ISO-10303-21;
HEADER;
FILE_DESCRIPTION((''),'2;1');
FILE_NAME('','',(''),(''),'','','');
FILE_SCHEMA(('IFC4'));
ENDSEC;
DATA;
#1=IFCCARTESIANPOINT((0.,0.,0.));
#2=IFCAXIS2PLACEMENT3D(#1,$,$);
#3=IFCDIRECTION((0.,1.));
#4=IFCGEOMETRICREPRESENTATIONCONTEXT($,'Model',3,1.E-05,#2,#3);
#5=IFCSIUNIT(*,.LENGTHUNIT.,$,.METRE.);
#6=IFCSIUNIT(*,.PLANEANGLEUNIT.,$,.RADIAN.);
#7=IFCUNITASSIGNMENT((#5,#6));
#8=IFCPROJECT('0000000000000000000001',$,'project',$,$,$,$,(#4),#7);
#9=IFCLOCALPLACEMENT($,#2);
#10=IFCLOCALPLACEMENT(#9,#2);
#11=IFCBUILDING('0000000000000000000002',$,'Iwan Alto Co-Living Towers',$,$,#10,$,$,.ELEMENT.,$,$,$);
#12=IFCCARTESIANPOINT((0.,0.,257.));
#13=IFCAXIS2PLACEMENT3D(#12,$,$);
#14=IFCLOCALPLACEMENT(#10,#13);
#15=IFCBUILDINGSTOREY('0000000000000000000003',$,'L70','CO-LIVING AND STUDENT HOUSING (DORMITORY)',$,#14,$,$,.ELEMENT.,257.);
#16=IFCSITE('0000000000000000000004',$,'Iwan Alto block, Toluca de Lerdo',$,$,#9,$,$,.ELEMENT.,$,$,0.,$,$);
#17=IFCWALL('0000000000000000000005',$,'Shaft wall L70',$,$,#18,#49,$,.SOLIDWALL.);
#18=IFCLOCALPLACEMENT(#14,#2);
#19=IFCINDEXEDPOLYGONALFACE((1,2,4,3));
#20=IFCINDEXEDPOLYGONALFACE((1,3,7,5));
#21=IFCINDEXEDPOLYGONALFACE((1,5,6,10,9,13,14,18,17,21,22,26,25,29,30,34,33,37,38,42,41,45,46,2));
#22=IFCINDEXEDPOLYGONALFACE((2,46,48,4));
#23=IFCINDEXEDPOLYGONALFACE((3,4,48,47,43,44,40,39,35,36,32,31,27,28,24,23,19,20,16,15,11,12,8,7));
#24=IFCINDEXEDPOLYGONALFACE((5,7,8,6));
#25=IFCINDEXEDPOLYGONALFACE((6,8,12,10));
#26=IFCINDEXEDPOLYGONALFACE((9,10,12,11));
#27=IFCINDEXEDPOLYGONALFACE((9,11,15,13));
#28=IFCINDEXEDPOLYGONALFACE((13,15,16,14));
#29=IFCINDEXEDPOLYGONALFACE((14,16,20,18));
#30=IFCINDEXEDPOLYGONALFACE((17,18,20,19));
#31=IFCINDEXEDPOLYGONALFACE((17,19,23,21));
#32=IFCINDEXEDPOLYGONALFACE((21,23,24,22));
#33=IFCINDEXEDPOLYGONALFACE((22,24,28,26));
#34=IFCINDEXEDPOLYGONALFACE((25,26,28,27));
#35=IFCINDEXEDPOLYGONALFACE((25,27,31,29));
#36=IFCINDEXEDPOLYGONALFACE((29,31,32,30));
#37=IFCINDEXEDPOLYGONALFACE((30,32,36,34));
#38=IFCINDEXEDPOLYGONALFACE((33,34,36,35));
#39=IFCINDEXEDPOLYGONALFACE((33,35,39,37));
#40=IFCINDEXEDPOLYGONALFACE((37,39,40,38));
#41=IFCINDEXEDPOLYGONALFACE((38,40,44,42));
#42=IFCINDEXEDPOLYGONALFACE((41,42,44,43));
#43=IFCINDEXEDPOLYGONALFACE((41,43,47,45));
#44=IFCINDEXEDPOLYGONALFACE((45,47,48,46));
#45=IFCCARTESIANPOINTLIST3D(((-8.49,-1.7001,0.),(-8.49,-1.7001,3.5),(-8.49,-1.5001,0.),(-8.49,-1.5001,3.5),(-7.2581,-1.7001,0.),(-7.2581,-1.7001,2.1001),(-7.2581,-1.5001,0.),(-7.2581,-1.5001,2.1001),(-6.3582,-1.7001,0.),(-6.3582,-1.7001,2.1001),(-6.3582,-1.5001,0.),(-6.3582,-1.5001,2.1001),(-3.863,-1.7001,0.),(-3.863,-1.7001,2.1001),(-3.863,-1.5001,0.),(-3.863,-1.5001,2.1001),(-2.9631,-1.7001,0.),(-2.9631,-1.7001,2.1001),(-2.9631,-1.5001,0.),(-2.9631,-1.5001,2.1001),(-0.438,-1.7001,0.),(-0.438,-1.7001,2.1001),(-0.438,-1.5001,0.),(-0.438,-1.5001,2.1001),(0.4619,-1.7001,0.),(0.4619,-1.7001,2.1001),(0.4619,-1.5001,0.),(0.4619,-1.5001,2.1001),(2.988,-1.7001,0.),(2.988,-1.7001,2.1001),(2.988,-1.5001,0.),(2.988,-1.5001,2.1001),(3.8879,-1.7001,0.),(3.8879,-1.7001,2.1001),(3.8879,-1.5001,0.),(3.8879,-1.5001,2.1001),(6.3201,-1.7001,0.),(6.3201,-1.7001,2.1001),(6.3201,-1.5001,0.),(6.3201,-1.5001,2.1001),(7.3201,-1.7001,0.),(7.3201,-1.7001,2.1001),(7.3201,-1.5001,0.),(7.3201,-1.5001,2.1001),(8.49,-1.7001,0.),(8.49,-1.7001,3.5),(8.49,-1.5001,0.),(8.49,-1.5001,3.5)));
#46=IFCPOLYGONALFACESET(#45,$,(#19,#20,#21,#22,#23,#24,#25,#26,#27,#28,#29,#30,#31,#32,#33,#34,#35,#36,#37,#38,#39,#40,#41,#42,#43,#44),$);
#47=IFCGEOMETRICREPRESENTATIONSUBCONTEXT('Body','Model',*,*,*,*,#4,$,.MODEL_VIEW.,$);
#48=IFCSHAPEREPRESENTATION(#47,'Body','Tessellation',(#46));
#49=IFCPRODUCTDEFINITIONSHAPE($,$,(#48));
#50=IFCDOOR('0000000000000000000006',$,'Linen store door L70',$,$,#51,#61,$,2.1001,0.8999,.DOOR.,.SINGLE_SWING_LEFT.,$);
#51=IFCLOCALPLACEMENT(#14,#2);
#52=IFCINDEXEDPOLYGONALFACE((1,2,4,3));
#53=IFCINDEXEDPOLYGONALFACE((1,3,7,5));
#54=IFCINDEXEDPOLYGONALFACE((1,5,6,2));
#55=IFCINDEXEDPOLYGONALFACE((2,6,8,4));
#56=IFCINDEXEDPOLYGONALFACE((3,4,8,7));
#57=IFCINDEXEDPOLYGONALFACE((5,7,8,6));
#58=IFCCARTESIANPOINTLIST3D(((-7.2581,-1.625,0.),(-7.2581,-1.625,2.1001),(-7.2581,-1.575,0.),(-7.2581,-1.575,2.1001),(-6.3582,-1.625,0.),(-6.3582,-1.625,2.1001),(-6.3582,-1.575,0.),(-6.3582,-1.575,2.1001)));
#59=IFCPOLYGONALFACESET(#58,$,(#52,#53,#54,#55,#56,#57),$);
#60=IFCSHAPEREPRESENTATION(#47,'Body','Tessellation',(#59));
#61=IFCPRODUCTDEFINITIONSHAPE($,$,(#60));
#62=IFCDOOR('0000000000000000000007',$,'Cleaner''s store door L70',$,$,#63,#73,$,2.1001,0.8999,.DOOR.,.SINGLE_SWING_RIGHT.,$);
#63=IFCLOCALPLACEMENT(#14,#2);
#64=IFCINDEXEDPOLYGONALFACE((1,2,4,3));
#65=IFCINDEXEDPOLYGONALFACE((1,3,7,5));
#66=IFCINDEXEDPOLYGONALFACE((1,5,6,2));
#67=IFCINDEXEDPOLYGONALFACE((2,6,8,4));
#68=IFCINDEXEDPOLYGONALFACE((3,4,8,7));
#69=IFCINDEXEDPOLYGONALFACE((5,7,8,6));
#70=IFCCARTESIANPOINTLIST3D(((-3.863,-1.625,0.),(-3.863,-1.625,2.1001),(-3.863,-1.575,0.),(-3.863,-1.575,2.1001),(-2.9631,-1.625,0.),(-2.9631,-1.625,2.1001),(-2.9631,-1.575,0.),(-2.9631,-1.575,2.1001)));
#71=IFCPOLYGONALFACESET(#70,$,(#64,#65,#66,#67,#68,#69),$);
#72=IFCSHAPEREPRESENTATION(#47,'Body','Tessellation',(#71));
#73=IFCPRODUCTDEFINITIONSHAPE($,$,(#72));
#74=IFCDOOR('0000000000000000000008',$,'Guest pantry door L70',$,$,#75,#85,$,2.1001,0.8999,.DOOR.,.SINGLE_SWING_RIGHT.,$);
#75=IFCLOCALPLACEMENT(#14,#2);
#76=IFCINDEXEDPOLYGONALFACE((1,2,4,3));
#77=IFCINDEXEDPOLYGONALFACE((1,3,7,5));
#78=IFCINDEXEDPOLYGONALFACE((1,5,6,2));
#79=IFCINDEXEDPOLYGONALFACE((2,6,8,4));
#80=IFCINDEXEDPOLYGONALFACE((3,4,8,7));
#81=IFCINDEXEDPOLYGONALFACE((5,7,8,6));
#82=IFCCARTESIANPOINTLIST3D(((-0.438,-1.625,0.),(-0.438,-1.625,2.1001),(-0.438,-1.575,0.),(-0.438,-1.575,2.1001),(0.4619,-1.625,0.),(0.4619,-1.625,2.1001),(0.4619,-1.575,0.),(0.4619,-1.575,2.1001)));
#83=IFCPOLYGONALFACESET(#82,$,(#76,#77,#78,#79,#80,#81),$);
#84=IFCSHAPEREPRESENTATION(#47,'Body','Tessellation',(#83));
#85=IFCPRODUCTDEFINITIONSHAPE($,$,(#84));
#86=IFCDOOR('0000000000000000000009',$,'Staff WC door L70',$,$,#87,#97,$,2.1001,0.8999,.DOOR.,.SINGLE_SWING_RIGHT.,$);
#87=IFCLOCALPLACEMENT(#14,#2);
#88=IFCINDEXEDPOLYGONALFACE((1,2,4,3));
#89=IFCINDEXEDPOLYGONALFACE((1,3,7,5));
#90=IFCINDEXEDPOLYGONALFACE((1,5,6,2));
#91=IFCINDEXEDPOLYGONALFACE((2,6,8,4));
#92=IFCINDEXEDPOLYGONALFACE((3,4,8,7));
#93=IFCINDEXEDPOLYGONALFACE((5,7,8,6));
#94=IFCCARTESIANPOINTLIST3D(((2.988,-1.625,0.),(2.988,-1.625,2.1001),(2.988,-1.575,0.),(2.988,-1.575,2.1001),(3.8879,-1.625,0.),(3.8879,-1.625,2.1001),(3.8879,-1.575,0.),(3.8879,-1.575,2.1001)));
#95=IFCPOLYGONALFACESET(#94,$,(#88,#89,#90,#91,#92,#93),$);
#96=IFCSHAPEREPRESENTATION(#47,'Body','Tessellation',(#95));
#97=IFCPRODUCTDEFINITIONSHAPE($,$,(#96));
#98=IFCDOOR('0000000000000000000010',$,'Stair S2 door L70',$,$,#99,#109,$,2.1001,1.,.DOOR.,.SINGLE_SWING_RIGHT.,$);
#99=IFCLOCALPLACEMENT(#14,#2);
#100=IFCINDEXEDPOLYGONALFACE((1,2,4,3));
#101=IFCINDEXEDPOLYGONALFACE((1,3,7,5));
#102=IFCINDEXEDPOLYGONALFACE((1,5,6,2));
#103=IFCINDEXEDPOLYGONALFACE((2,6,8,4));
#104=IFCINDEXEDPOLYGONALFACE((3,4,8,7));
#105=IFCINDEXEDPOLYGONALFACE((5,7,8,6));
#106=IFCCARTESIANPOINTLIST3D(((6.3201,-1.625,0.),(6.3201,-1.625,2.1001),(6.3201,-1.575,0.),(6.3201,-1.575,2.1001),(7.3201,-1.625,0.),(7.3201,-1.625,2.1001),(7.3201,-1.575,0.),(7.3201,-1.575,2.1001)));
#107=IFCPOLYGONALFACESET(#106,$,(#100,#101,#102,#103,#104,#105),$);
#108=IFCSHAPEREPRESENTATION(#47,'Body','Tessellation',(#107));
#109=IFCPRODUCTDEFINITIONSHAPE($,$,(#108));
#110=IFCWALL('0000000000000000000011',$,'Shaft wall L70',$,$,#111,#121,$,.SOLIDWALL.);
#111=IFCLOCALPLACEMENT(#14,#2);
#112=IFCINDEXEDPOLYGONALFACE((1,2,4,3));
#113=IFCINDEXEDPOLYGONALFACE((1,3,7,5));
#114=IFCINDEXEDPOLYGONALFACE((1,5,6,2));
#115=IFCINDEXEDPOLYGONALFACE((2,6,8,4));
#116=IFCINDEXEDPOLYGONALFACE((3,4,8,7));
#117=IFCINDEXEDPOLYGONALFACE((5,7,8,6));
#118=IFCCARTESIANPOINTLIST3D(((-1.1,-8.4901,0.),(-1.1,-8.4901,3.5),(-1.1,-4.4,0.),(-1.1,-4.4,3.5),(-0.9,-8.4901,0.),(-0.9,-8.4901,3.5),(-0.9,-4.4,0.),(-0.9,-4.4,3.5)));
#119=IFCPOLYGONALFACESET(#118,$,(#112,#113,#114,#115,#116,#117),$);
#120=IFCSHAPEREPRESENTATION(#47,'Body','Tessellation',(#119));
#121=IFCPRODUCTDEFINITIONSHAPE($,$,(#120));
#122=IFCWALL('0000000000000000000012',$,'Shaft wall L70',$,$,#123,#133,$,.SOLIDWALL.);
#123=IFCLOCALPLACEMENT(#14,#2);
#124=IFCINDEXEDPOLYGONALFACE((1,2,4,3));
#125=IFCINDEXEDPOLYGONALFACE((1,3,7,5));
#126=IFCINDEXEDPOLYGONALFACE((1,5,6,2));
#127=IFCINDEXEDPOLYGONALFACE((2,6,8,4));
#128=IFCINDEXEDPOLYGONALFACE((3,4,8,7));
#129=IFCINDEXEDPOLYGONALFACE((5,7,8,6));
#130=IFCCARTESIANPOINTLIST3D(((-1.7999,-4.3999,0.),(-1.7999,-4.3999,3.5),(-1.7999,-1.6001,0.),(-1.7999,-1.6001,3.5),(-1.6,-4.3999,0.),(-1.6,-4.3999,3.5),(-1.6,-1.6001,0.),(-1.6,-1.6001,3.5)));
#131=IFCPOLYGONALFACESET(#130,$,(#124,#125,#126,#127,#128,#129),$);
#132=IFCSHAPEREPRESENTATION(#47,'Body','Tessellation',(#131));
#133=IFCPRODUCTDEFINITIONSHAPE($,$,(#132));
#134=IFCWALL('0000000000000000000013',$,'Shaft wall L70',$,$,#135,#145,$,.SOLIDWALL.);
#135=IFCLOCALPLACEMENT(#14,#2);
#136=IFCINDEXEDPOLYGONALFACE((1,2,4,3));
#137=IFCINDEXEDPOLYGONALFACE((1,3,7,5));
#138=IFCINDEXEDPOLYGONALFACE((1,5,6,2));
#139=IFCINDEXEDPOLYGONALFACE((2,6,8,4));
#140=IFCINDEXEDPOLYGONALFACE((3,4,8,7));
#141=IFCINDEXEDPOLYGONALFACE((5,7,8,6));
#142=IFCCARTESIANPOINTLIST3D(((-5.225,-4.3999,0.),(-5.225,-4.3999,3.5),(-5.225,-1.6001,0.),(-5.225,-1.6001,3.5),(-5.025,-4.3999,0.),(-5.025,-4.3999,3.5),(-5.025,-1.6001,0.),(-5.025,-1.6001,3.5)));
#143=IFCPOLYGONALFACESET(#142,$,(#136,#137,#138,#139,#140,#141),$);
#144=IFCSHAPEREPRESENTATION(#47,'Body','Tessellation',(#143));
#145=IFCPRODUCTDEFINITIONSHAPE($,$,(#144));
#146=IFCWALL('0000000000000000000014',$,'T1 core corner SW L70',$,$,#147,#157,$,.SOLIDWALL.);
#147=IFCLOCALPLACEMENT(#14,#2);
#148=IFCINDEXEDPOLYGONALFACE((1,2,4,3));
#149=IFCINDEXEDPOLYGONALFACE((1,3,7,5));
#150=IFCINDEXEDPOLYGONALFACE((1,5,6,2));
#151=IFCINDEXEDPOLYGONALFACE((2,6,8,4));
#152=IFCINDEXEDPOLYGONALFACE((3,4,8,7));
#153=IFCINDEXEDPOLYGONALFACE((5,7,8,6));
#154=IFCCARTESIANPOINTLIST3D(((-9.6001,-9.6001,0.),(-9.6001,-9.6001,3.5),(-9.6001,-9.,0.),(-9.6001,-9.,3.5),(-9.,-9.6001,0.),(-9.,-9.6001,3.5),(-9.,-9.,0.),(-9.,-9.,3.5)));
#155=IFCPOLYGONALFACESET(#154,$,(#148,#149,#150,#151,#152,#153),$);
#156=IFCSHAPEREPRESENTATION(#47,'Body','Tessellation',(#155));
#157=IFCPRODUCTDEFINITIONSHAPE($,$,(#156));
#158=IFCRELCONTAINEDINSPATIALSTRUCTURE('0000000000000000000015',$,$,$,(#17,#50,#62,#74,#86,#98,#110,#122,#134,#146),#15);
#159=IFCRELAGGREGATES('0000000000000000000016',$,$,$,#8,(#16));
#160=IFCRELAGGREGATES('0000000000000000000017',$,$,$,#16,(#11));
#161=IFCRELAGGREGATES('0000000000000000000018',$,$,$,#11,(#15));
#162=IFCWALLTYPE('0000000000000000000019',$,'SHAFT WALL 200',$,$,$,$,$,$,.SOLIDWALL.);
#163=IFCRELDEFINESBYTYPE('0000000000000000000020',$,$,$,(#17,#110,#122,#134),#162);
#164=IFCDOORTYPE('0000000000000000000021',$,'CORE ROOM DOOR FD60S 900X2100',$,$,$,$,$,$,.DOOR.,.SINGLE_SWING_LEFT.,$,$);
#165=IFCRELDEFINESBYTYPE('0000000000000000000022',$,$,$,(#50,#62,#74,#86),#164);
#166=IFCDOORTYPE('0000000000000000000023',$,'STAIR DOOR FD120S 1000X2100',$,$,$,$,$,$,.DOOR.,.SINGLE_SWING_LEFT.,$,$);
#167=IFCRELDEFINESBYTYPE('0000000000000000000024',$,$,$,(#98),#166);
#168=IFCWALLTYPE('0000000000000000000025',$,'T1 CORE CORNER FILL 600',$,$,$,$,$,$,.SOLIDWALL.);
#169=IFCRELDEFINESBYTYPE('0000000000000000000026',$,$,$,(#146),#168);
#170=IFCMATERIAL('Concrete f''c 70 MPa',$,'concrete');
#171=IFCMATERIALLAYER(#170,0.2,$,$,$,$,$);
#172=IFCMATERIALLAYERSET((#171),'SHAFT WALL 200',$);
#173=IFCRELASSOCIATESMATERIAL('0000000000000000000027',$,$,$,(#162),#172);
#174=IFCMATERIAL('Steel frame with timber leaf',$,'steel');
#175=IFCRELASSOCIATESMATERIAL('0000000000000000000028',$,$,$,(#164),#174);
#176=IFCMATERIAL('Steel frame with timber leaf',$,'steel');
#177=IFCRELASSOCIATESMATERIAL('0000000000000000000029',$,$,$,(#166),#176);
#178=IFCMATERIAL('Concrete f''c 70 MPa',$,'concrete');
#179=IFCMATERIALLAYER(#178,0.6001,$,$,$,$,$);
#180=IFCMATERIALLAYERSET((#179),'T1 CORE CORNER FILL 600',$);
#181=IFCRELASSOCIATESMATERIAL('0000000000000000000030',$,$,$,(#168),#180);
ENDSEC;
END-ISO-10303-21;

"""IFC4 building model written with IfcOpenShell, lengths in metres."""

from ifc_helpers import new_model, si_unit, direction, frame, frame_2d, origin, place, context, subcontext, project, spatial, rectangle, extrude, material, layer, layer_set, type_object, element, fill, save


model = new_model("IFC4")

# Units and contexts
model_context = context("Model", 3, precision=1e-05, world=origin(), true_north=direction((0.0, 1.0)))
body_context = subcontext(model_context, "Body", "Model", "MODEL_VIEW")
ifc_project = project(units=[si_unit("LENGTHUNIT", "METRE"), si_unit("PLANEANGLEUNIT", "RADIAN")], contexts=[model_context])

# Site, building, storey
site_placement = place(None, origin())
site = spatial("IfcSite", under=ifc_project, at=site_placement, Name="Iwan Alto block, Toluca de Lerdo", CompositionType="ELEMENT", RefElevation=0.0)
building_placement = place(site_placement, origin())
building = spatial("IfcBuilding", under=site, at=building_placement, Name="Iwan Alto Co-Living Towers", CompositionType="ELEMENT")
storey_placement = place(building_placement, frame((0.0, 0.0, 257.0)))
storey = spatial("IfcBuildingStorey", under=building, at=storey_placement, Name="L70", Description="CO-LIVING AND STUDENT HOUSING (DORMITORY)", CompositionType="ELEMENT", Elevation=257.0)

# Shared definitions
ifc_material_1 = material(Name="Concrete f'c 70 MPa", Category="concrete")
ifc_layer_1 = layer(ifc_material_1, 0.2)
ifc_layer_set_1 = layer_set([ifc_layer_1], Name="SHAFT WALL 200")
wall_type_1 = type_object("IfcWallType", Name="SHAFT WALL 200", PredefinedType="SOLIDWALL", material=ifc_layer_set_1)

# Wall, openings, doors
wall_1_placement = place(storey_placement, frame((-8.49, -1.6001, 0.0), z_axis=(0.0, 0.0, 1.0), x_axis=(1.0, 0.0, 0.0)))
wall_1 = element("IfcWall", 1, at=wall_1_placement, inside=storey, type_object=wall_type_1, Name="Shaft wall L70", PredefinedType="SOLIDWALL", context=body_context, shape_type="SweptSolid", body=[
    extrude(rectangle(XDim=16.98, YDim=0.2, at=frame_2d((8.49, 0.0))), origin(), (0.0, 0.0, 1.0), 3.5),
])
opening_1_placement = place(wall_1_placement, frame((14.8101, 0.0, 0.0)))
opening_1 = element("IfcOpeningElement", 2, at=opening_1_placement, cuts=wall_1, PredefinedType="OPENING", context=body_context, shape_type="SweptSolid", body=[
    extrude(rectangle(XDim=1.0, YDim=2.1001, at=frame_2d((0.5, 1.05))), frame((0.0, 0.1099, 0.0), z_axis=(0.0, -1.0, 0.0), x_axis=(1.0, 0.0, 0.0)), (0.0, 0.0, 1.0), 0.22),
])
opening_2_placement = place(wall_1_placement, frame((1.2319, 0.0, 0.0)))
opening_2 = element("IfcOpeningElement", 3, at=opening_2_placement, cuts=wall_1, PredefinedType="OPENING", context=body_context, shape_type="SweptSolid", body=[
    extrude(rectangle(XDim=0.8999, YDim=2.1001, at=frame_2d((0.45, 1.05))), frame((0.0, 0.1099, 0.0), z_axis=(0.0, -1.0, 0.0), x_axis=(1.0, 0.0, 0.0)), (0.0, 0.0, 1.0), 0.22),
])
opening_3_placement = place(wall_1_placement, frame((4.627, 0.0, 0.0)))
opening_3 = element("IfcOpeningElement", 4, at=opening_3_placement, cuts=wall_1, PredefinedType="OPENING", context=body_context, shape_type="SweptSolid", body=[
    extrude(rectangle(XDim=0.8999, YDim=2.1001, at=frame_2d((0.45, 1.05))), frame((0.0, 0.1099, 0.0), z_axis=(0.0, -1.0, 0.0), x_axis=(1.0, 0.0, 0.0)), (0.0, 0.0, 1.0), 0.22),
])
opening_4_placement = place(wall_1_placement, frame((8.052, 0.0, 0.0)))
opening_4 = element("IfcOpeningElement", 5, at=opening_4_placement, cuts=wall_1, PredefinedType="OPENING", context=body_context, shape_type="SweptSolid", body=[
    extrude(rectangle(XDim=0.8999, YDim=2.1001, at=frame_2d((0.45, 1.05))), frame((0.0, 0.1099, 0.0), z_axis=(0.0, -1.0, 0.0), x_axis=(1.0, 0.0, 0.0)), (0.0, 0.0, 1.0), 0.22),
])
opening_5_placement = place(wall_1_placement, frame((11.478, 0.0, 0.0)))
opening_5 = element("IfcOpeningElement", 6, at=opening_5_placement, cuts=wall_1, PredefinedType="OPENING", context=body_context, shape_type="SweptSolid", body=[
    extrude(rectangle(XDim=0.8999, YDim=2.1001, at=frame_2d((0.45, 1.05))), frame((0.0, 0.1099, 0.0), z_axis=(0.0, -1.0, 0.0), x_axis=(1.0, 0.0, 0.0)), (0.0, 0.0, 1.0), 0.22),
])
ifc_material_2 = material(Name="Steel frame with timber leaf", Category="steel")
door_type_1 = type_object("IfcDoorType", Name="CORE ROOM DOOR FD60S 900X2100", OperationType="SINGLE_SWING_LEFT", PredefinedType="DOOR", material=ifc_material_2)
door_1_placement = place(opening_2_placement, frame((0.8999, 0.0, 0.0), z_axis=(0.0, 0.0, 1.0), x_axis=(-1.0, 0.0, 0.0)))
door_1 = element("IfcDoor", 7, at=door_1_placement, inside=storey, type_object=door_type_1, Name="Linen store door L70", OperationType="SINGLE_SWING_LEFT", OverallHeight=2.1001, OverallWidth=0.8999, PredefinedType="DOOR", context=body_context, shape_type="SweptSolid", body=[
    extrude(rectangle(XDim=0.8999, YDim=2.1001, at=frame_2d((0.45, 1.05))), frame((0.0, 0.0249, 0.0), z_axis=(0.0, -1.0, 0.0), x_axis=(1.0, 0.0, 0.0)), (0.0, 0.0, 1.0), 0.05),
])
fill(opening_2, door_1)
door_2_placement = place(opening_3_placement, frame((0.8999, 0.0, 0.0), z_axis=(0.0, 0.0, 1.0), x_axis=(-1.0, 0.0, 0.0)))
door_2 = element("IfcDoor", 8, at=door_2_placement, inside=storey, type_object=door_type_1, Name="Cleaner's store door L70", OperationType="SINGLE_SWING_RIGHT", OverallHeight=2.1001, OverallWidth=0.8999, PredefinedType="DOOR", context=body_context, shape_type="SweptSolid", body=[
    extrude(rectangle(XDim=0.8999, YDim=2.1001, at=frame_2d((0.45, 1.05))), frame((0.0, 0.0249, 0.0), z_axis=(0.0, -1.0, 0.0), x_axis=(1.0, 0.0, 0.0)), (0.0, 0.0, 1.0), 0.05),
])
fill(opening_3, door_2)
door_3_placement = place(opening_4_placement, frame((0.8999, 0.0, 0.0), z_axis=(0.0, 0.0, 1.0), x_axis=(-1.0, 0.0, 0.0)))
door_3 = element("IfcDoor", 9, at=door_3_placement, inside=storey, type_object=door_type_1, Name="Guest pantry door L70", OperationType="SINGLE_SWING_RIGHT", OverallHeight=2.1001, OverallWidth=0.8999, PredefinedType="DOOR", context=body_context, shape_type="SweptSolid", body=[
    extrude(rectangle(XDim=0.8999, YDim=2.1001, at=frame_2d((0.45, 1.05))), frame((0.0, 0.0249, 0.0), z_axis=(0.0, -1.0, 0.0), x_axis=(1.0, 0.0, 0.0)), (0.0, 0.0, 1.0), 0.05),
])
fill(opening_4, door_3)
door_4_placement = place(opening_5_placement, frame((0.8999, 0.0, 0.0), z_axis=(0.0, 0.0, 1.0), x_axis=(-1.0, 0.0, 0.0)))
door_4 = element("IfcDoor", 10, at=door_4_placement, inside=storey, type_object=door_type_1, Name="Staff WC door L70", OperationType="SINGLE_SWING_RIGHT", OverallHeight=2.1001, OverallWidth=0.8999, PredefinedType="DOOR", context=body_context, shape_type="SweptSolid", body=[
    extrude(rectangle(XDim=0.8999, YDim=2.1001, at=frame_2d((0.45, 1.05))), frame((0.0, 0.0249, 0.0), z_axis=(0.0, -1.0, 0.0), x_axis=(1.0, 0.0, 0.0)), (0.0, 0.0, 1.0), 0.05),
])
fill(opening_5, door_4)
ifc_material_3 = material(Name="Steel frame with timber leaf", Category="steel")
door_type_2 = type_object("IfcDoorType", Name="STAIR DOOR FD120S 1000X2100", OperationType="SINGLE_SWING_LEFT", PredefinedType="DOOR", material=ifc_material_3)
door_5_placement = place(opening_1_placement, frame((1.0, 0.0, 0.0), z_axis=(0.0, 0.0, 1.0), x_axis=(-1.0, 0.0, 0.0)))
door_5 = element("IfcDoor", 11, at=door_5_placement, inside=storey, type_object=door_type_2, Name="Stair S2 door L70", OperationType="SINGLE_SWING_RIGHT", OverallHeight=2.1001, OverallWidth=1.0, PredefinedType="DOOR", context=body_context, shape_type="SweptSolid", body=[
    extrude(rectangle(XDim=1.0, YDim=2.1001, at=frame_2d((0.5, 1.05))), frame((0.0, 0.0249, 0.0), z_axis=(0.0, -1.0, 0.0), x_axis=(1.0, 0.0, 0.0)), (0.0, 0.0, 1.0), 0.05),
])
fill(opening_1, door_5)

# Walls
wall_2_placement = place(storey_placement, frame((-1.0, -8.49, 0.0), z_axis=(0.0, 0.0, 1.0), x_axis=(0.0, 1.0, 0.0)))
element("IfcWall", 12, at=wall_2_placement, inside=storey, type_object=wall_type_1, Name="Shaft wall L70", PredefinedType="SOLIDWALL", context=body_context, shape_type="SweptSolid", body=[
    extrude(rectangle(XDim=4.0901, YDim=0.2, at=frame_2d((2.0449, 0.0))), origin(), (0.0, 0.0, 1.0), 3.5),
])
for number, where, z_axis, x_axis, name in (
    (13, (-1.7, -4.3999, 0.0), (0.0, 0.0, 1.0), (0.0, 1.0, 0.0), "Shaft wall L70"),
    (14, (-5.125, -4.3999, 0.0), (0.0, 0.0, 1.0), (0.0, 1.0, 0.0), "Shaft wall L70"),
):
    element("IfcWall", number, at=place(storey_placement, frame(where, z_axis=z_axis, x_axis=x_axis)), inside=storey, type_object=wall_type_1, Name=name, PredefinedType="SOLIDWALL", context=body_context, shape_type="SweptSolid", body=[
        extrude(rectangle(XDim=2.7998, YDim=0.2, at=frame_2d((1.3999, 0.0))), origin(), (0.0, 0.0, 1.0), 3.5),
    ])
ifc_material_4 = material(Name="Concrete f'c 70 MPa", Category="concrete")
ifc_layer_2 = layer(ifc_material_4, 0.6001)
ifc_layer_set_2 = layer_set([ifc_layer_2], Name="T1 CORE CORNER FILL 600")
wall_type_2 = type_object("IfcWallType", Name="T1 CORE CORNER FILL 600", PredefinedType="SOLIDWALL", material=ifc_layer_set_2)
wall_3_placement = place(storey_placement, frame((-9.6001, -9.3, 0.0), z_axis=(0.0, 0.0, 1.0), x_axis=(1.0, 0.0, 0.0)))
element("IfcWall", 15, at=wall_3_placement, inside=storey, type_object=wall_type_2, Name="T1 core corner SW L70", PredefinedType="SOLIDWALL", context=body_context, shape_type="SweptSolid", body=[
    extrude(rectangle(XDim=0.6001, YDim=0.6001, at=frame_2d((0.3, 0.0))), origin(), (0.0, 0.0, 1.0), 3.5),
])

save(model, "model.ifc")
